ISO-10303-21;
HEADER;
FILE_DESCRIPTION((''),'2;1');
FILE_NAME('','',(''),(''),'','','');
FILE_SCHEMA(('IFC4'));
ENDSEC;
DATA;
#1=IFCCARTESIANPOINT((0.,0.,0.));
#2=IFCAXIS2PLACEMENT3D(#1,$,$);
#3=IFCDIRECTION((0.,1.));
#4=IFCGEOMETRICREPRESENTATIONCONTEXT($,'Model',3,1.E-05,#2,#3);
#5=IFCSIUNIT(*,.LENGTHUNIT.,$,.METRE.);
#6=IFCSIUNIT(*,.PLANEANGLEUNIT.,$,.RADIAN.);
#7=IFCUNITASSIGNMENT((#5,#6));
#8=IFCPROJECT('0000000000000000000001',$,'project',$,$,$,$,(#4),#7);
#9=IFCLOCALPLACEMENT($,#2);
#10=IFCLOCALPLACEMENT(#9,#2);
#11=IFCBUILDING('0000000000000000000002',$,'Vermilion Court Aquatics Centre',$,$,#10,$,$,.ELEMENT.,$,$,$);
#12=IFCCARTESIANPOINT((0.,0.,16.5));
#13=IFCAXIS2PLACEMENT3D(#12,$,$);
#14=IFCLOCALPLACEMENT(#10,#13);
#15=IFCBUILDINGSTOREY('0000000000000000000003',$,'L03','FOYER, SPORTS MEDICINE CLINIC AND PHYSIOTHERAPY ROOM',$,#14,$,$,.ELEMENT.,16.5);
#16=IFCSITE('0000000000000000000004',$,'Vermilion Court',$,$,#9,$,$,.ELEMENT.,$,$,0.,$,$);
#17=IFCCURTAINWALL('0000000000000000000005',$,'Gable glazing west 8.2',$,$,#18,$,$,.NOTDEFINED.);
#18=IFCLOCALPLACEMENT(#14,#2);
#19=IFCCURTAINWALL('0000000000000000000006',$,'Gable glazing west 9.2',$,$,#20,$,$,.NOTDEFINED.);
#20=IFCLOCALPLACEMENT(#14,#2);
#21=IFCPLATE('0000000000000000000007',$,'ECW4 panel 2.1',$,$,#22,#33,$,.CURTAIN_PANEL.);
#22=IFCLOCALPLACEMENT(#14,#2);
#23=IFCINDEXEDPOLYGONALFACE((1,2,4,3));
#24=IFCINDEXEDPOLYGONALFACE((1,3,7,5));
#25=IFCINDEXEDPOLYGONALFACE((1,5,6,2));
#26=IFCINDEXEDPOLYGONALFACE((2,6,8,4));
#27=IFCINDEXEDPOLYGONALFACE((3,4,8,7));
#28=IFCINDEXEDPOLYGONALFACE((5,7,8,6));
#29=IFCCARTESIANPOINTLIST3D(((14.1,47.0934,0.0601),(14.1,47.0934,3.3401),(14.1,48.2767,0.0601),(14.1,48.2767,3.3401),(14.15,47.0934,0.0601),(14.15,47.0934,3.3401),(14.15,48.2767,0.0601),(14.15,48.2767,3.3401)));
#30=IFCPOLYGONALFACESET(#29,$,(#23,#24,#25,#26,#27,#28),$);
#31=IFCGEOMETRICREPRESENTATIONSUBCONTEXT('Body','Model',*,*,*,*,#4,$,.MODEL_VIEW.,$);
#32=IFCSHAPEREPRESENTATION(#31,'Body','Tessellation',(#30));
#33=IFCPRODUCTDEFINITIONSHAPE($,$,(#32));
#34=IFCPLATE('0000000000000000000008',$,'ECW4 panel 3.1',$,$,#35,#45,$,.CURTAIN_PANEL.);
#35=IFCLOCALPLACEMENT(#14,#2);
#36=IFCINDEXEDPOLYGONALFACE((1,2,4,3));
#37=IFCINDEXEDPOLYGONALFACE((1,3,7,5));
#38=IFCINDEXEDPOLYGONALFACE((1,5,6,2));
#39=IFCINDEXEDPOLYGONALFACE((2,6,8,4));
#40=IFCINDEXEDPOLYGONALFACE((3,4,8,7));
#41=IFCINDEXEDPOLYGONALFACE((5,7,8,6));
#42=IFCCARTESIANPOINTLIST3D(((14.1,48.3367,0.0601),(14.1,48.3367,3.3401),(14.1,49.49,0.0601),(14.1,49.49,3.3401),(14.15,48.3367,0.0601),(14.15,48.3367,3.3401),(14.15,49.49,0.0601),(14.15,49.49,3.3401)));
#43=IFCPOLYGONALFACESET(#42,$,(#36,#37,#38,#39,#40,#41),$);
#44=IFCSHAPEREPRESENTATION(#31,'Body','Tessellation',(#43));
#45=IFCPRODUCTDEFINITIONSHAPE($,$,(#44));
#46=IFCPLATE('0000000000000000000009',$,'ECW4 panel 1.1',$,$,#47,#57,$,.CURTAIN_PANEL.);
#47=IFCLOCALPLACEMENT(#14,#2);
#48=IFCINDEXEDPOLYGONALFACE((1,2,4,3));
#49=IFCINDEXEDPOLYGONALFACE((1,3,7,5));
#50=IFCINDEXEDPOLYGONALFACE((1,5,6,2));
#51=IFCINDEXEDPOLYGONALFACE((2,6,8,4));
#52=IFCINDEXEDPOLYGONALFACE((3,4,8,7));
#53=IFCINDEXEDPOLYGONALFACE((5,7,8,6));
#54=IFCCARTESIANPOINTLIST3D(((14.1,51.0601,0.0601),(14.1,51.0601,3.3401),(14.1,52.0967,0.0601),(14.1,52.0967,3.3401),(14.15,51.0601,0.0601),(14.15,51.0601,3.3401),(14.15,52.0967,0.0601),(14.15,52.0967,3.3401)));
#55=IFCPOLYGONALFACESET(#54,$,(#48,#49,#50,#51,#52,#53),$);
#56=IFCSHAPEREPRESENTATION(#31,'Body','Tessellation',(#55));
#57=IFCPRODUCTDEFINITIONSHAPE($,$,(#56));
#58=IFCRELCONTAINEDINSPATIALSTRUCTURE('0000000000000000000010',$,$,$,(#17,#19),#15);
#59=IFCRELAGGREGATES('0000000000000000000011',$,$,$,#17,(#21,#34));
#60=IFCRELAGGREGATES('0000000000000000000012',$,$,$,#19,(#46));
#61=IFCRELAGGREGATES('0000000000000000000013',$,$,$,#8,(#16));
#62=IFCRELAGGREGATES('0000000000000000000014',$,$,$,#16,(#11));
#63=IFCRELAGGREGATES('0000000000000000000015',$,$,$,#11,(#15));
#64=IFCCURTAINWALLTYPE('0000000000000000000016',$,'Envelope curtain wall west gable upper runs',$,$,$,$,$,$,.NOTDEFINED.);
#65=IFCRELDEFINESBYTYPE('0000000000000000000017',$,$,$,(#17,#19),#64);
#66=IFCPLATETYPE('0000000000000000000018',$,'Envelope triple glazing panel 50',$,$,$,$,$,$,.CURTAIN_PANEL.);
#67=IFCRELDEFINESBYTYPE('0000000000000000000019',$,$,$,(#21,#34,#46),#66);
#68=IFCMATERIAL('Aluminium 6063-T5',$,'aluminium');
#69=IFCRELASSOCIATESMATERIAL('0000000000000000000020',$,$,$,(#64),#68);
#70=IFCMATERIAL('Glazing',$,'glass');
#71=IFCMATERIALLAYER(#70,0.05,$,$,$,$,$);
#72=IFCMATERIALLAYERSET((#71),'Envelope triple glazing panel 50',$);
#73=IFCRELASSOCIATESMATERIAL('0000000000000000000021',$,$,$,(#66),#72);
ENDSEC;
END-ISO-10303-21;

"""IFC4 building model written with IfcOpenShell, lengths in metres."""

from ifc_helpers import new_model, si_unit, direction, frame, origin, origin_2d, place, context, subcontext, project, spatial, rectangle, extrude, material, layer, layer_set, type_object, element, aggregate, save


model = new_model("IFC4")

# Units and contexts
model_context = context("Model", 3, precision=1e-05, world=origin(), true_north=direction((0.0, 1.0)))
body_context = subcontext(model_context, "Body", "Model", "MODEL_VIEW")
ifc_project = project(units=[si_unit("LENGTHUNIT", "METRE"), si_unit("PLANEANGLEUNIT", "RADIAN")], contexts=[model_context])

# Site, building, storey
site_placement = place(None, origin())
site = spatial("IfcSite", under=ifc_project, at=site_placement, Name="Vermilion Court", CompositionType="ELEMENT", RefElevation=0.0)
building_placement = place(site_placement, origin())
building = spatial("IfcBuilding", under=site, at=building_placement, Name="Vermilion Court Aquatics Centre", CompositionType="ELEMENT")
storey_placement = place(building_placement, frame((0.0, 0.0, 16.5)))
storey = spatial("IfcBuildingStorey", under=building, at=storey_placement, Name="L03", Description="FOYER, SPORTS MEDICINE CLINIC AND PHYSIOTHERAPY ROOM", CompositionType="ELEMENT", Elevation=16.5)

# Curtain walls
ifc_material_1 = material(Name="Aluminium 6063-T5", Category="aluminium")
curtain_wall_type = type_object("IfcCurtainWallType", Name="Envelope curtain wall west gable upper runs", PredefinedType="NOTDEFINED", material=ifc_material_1)
curtain_wall_1_placement = place(storey_placement, origin())
curtain_wall_1 = element("IfcCurtainWall", 1, at=curtain_wall_1_placement, inside=storey, type_object=curtain_wall_type, Name="Gable glazing west 8.2", PredefinedType="NOTDEFINED")
curtain_wall_2_placement = place(storey_placement, origin())
curtain_wall_2 = element("IfcCurtainWall", 2, at=curtain_wall_2_placement, inside=storey, type_object=curtain_wall_type, Name="Gable glazing west 9.2", PredefinedType="NOTDEFINED")

# Plates
ifc_material_2 = material(Name="Glazing", Category="glass")
ifc_layer = layer(ifc_material_2, 0.05)
ifc_layer_set = layer_set([ifc_layer], Name="Envelope triple glazing panel 50")
plate_type = type_object("IfcPlateType", Name="Envelope triple glazing panel 50", PredefinedType="CURTAIN_PANEL", material=ifc_layer_set)
plate_1_placement = place(storey_placement, frame((14.125, 47.6851, 0.0601), z_axis=(0.0, 0.0, 1.0), x_axis=(0.0, 1.0, 0.0)))
plate_1 = element("IfcPlate", 3, at=plate_1_placement, type_object=plate_type, Name="ECW4 panel 2.1", PredefinedType="CURTAIN_PANEL", context=body_context, shape_type="SweptSolid", body=[
    extrude(rectangle(XDim=1.1833, YDim=0.05, at=origin_2d()), origin(), (0.0, 0.0, 1.0), 3.28),
])
plate_2_placement = place(storey_placement, frame((14.125, 48.9133, 0.0601), z_axis=(0.0, 0.0, 1.0), x_axis=(0.0, 1.0, 0.0)))
plate_2 = element("IfcPlate", 4, at=plate_2_placement, type_object=plate_type, Name="ECW4 panel 3.1", PredefinedType="CURTAIN_PANEL", context=body_context, shape_type="SweptSolid", body=[
    extrude(rectangle(XDim=1.1533, YDim=0.05, at=origin_2d()), origin(), (0.0, 0.0, 1.0), 3.28),
])
aggregate(curtain_wall_1, [plate_1, plate_2])
plate_3_placement = place(storey_placement, frame((14.125, 51.5784, 0.0601), z_axis=(0.0, 0.0, 1.0), x_axis=(0.0, 1.0, 0.0)))
plate_3 = element("IfcPlate", 5, at=plate_3_placement, type_object=plate_type, Name="ECW4 panel 1.1", PredefinedType="CURTAIN_PANEL", context=body_context, shape_type="SweptSolid", body=[
    extrude(rectangle(XDim=1.0366, YDim=0.05, at=origin_2d()), origin(), (0.0, 0.0, 1.0), 3.28),
])
aggregate(curtain_wall_2, [plate_3])

save(model, "model.ifc")
